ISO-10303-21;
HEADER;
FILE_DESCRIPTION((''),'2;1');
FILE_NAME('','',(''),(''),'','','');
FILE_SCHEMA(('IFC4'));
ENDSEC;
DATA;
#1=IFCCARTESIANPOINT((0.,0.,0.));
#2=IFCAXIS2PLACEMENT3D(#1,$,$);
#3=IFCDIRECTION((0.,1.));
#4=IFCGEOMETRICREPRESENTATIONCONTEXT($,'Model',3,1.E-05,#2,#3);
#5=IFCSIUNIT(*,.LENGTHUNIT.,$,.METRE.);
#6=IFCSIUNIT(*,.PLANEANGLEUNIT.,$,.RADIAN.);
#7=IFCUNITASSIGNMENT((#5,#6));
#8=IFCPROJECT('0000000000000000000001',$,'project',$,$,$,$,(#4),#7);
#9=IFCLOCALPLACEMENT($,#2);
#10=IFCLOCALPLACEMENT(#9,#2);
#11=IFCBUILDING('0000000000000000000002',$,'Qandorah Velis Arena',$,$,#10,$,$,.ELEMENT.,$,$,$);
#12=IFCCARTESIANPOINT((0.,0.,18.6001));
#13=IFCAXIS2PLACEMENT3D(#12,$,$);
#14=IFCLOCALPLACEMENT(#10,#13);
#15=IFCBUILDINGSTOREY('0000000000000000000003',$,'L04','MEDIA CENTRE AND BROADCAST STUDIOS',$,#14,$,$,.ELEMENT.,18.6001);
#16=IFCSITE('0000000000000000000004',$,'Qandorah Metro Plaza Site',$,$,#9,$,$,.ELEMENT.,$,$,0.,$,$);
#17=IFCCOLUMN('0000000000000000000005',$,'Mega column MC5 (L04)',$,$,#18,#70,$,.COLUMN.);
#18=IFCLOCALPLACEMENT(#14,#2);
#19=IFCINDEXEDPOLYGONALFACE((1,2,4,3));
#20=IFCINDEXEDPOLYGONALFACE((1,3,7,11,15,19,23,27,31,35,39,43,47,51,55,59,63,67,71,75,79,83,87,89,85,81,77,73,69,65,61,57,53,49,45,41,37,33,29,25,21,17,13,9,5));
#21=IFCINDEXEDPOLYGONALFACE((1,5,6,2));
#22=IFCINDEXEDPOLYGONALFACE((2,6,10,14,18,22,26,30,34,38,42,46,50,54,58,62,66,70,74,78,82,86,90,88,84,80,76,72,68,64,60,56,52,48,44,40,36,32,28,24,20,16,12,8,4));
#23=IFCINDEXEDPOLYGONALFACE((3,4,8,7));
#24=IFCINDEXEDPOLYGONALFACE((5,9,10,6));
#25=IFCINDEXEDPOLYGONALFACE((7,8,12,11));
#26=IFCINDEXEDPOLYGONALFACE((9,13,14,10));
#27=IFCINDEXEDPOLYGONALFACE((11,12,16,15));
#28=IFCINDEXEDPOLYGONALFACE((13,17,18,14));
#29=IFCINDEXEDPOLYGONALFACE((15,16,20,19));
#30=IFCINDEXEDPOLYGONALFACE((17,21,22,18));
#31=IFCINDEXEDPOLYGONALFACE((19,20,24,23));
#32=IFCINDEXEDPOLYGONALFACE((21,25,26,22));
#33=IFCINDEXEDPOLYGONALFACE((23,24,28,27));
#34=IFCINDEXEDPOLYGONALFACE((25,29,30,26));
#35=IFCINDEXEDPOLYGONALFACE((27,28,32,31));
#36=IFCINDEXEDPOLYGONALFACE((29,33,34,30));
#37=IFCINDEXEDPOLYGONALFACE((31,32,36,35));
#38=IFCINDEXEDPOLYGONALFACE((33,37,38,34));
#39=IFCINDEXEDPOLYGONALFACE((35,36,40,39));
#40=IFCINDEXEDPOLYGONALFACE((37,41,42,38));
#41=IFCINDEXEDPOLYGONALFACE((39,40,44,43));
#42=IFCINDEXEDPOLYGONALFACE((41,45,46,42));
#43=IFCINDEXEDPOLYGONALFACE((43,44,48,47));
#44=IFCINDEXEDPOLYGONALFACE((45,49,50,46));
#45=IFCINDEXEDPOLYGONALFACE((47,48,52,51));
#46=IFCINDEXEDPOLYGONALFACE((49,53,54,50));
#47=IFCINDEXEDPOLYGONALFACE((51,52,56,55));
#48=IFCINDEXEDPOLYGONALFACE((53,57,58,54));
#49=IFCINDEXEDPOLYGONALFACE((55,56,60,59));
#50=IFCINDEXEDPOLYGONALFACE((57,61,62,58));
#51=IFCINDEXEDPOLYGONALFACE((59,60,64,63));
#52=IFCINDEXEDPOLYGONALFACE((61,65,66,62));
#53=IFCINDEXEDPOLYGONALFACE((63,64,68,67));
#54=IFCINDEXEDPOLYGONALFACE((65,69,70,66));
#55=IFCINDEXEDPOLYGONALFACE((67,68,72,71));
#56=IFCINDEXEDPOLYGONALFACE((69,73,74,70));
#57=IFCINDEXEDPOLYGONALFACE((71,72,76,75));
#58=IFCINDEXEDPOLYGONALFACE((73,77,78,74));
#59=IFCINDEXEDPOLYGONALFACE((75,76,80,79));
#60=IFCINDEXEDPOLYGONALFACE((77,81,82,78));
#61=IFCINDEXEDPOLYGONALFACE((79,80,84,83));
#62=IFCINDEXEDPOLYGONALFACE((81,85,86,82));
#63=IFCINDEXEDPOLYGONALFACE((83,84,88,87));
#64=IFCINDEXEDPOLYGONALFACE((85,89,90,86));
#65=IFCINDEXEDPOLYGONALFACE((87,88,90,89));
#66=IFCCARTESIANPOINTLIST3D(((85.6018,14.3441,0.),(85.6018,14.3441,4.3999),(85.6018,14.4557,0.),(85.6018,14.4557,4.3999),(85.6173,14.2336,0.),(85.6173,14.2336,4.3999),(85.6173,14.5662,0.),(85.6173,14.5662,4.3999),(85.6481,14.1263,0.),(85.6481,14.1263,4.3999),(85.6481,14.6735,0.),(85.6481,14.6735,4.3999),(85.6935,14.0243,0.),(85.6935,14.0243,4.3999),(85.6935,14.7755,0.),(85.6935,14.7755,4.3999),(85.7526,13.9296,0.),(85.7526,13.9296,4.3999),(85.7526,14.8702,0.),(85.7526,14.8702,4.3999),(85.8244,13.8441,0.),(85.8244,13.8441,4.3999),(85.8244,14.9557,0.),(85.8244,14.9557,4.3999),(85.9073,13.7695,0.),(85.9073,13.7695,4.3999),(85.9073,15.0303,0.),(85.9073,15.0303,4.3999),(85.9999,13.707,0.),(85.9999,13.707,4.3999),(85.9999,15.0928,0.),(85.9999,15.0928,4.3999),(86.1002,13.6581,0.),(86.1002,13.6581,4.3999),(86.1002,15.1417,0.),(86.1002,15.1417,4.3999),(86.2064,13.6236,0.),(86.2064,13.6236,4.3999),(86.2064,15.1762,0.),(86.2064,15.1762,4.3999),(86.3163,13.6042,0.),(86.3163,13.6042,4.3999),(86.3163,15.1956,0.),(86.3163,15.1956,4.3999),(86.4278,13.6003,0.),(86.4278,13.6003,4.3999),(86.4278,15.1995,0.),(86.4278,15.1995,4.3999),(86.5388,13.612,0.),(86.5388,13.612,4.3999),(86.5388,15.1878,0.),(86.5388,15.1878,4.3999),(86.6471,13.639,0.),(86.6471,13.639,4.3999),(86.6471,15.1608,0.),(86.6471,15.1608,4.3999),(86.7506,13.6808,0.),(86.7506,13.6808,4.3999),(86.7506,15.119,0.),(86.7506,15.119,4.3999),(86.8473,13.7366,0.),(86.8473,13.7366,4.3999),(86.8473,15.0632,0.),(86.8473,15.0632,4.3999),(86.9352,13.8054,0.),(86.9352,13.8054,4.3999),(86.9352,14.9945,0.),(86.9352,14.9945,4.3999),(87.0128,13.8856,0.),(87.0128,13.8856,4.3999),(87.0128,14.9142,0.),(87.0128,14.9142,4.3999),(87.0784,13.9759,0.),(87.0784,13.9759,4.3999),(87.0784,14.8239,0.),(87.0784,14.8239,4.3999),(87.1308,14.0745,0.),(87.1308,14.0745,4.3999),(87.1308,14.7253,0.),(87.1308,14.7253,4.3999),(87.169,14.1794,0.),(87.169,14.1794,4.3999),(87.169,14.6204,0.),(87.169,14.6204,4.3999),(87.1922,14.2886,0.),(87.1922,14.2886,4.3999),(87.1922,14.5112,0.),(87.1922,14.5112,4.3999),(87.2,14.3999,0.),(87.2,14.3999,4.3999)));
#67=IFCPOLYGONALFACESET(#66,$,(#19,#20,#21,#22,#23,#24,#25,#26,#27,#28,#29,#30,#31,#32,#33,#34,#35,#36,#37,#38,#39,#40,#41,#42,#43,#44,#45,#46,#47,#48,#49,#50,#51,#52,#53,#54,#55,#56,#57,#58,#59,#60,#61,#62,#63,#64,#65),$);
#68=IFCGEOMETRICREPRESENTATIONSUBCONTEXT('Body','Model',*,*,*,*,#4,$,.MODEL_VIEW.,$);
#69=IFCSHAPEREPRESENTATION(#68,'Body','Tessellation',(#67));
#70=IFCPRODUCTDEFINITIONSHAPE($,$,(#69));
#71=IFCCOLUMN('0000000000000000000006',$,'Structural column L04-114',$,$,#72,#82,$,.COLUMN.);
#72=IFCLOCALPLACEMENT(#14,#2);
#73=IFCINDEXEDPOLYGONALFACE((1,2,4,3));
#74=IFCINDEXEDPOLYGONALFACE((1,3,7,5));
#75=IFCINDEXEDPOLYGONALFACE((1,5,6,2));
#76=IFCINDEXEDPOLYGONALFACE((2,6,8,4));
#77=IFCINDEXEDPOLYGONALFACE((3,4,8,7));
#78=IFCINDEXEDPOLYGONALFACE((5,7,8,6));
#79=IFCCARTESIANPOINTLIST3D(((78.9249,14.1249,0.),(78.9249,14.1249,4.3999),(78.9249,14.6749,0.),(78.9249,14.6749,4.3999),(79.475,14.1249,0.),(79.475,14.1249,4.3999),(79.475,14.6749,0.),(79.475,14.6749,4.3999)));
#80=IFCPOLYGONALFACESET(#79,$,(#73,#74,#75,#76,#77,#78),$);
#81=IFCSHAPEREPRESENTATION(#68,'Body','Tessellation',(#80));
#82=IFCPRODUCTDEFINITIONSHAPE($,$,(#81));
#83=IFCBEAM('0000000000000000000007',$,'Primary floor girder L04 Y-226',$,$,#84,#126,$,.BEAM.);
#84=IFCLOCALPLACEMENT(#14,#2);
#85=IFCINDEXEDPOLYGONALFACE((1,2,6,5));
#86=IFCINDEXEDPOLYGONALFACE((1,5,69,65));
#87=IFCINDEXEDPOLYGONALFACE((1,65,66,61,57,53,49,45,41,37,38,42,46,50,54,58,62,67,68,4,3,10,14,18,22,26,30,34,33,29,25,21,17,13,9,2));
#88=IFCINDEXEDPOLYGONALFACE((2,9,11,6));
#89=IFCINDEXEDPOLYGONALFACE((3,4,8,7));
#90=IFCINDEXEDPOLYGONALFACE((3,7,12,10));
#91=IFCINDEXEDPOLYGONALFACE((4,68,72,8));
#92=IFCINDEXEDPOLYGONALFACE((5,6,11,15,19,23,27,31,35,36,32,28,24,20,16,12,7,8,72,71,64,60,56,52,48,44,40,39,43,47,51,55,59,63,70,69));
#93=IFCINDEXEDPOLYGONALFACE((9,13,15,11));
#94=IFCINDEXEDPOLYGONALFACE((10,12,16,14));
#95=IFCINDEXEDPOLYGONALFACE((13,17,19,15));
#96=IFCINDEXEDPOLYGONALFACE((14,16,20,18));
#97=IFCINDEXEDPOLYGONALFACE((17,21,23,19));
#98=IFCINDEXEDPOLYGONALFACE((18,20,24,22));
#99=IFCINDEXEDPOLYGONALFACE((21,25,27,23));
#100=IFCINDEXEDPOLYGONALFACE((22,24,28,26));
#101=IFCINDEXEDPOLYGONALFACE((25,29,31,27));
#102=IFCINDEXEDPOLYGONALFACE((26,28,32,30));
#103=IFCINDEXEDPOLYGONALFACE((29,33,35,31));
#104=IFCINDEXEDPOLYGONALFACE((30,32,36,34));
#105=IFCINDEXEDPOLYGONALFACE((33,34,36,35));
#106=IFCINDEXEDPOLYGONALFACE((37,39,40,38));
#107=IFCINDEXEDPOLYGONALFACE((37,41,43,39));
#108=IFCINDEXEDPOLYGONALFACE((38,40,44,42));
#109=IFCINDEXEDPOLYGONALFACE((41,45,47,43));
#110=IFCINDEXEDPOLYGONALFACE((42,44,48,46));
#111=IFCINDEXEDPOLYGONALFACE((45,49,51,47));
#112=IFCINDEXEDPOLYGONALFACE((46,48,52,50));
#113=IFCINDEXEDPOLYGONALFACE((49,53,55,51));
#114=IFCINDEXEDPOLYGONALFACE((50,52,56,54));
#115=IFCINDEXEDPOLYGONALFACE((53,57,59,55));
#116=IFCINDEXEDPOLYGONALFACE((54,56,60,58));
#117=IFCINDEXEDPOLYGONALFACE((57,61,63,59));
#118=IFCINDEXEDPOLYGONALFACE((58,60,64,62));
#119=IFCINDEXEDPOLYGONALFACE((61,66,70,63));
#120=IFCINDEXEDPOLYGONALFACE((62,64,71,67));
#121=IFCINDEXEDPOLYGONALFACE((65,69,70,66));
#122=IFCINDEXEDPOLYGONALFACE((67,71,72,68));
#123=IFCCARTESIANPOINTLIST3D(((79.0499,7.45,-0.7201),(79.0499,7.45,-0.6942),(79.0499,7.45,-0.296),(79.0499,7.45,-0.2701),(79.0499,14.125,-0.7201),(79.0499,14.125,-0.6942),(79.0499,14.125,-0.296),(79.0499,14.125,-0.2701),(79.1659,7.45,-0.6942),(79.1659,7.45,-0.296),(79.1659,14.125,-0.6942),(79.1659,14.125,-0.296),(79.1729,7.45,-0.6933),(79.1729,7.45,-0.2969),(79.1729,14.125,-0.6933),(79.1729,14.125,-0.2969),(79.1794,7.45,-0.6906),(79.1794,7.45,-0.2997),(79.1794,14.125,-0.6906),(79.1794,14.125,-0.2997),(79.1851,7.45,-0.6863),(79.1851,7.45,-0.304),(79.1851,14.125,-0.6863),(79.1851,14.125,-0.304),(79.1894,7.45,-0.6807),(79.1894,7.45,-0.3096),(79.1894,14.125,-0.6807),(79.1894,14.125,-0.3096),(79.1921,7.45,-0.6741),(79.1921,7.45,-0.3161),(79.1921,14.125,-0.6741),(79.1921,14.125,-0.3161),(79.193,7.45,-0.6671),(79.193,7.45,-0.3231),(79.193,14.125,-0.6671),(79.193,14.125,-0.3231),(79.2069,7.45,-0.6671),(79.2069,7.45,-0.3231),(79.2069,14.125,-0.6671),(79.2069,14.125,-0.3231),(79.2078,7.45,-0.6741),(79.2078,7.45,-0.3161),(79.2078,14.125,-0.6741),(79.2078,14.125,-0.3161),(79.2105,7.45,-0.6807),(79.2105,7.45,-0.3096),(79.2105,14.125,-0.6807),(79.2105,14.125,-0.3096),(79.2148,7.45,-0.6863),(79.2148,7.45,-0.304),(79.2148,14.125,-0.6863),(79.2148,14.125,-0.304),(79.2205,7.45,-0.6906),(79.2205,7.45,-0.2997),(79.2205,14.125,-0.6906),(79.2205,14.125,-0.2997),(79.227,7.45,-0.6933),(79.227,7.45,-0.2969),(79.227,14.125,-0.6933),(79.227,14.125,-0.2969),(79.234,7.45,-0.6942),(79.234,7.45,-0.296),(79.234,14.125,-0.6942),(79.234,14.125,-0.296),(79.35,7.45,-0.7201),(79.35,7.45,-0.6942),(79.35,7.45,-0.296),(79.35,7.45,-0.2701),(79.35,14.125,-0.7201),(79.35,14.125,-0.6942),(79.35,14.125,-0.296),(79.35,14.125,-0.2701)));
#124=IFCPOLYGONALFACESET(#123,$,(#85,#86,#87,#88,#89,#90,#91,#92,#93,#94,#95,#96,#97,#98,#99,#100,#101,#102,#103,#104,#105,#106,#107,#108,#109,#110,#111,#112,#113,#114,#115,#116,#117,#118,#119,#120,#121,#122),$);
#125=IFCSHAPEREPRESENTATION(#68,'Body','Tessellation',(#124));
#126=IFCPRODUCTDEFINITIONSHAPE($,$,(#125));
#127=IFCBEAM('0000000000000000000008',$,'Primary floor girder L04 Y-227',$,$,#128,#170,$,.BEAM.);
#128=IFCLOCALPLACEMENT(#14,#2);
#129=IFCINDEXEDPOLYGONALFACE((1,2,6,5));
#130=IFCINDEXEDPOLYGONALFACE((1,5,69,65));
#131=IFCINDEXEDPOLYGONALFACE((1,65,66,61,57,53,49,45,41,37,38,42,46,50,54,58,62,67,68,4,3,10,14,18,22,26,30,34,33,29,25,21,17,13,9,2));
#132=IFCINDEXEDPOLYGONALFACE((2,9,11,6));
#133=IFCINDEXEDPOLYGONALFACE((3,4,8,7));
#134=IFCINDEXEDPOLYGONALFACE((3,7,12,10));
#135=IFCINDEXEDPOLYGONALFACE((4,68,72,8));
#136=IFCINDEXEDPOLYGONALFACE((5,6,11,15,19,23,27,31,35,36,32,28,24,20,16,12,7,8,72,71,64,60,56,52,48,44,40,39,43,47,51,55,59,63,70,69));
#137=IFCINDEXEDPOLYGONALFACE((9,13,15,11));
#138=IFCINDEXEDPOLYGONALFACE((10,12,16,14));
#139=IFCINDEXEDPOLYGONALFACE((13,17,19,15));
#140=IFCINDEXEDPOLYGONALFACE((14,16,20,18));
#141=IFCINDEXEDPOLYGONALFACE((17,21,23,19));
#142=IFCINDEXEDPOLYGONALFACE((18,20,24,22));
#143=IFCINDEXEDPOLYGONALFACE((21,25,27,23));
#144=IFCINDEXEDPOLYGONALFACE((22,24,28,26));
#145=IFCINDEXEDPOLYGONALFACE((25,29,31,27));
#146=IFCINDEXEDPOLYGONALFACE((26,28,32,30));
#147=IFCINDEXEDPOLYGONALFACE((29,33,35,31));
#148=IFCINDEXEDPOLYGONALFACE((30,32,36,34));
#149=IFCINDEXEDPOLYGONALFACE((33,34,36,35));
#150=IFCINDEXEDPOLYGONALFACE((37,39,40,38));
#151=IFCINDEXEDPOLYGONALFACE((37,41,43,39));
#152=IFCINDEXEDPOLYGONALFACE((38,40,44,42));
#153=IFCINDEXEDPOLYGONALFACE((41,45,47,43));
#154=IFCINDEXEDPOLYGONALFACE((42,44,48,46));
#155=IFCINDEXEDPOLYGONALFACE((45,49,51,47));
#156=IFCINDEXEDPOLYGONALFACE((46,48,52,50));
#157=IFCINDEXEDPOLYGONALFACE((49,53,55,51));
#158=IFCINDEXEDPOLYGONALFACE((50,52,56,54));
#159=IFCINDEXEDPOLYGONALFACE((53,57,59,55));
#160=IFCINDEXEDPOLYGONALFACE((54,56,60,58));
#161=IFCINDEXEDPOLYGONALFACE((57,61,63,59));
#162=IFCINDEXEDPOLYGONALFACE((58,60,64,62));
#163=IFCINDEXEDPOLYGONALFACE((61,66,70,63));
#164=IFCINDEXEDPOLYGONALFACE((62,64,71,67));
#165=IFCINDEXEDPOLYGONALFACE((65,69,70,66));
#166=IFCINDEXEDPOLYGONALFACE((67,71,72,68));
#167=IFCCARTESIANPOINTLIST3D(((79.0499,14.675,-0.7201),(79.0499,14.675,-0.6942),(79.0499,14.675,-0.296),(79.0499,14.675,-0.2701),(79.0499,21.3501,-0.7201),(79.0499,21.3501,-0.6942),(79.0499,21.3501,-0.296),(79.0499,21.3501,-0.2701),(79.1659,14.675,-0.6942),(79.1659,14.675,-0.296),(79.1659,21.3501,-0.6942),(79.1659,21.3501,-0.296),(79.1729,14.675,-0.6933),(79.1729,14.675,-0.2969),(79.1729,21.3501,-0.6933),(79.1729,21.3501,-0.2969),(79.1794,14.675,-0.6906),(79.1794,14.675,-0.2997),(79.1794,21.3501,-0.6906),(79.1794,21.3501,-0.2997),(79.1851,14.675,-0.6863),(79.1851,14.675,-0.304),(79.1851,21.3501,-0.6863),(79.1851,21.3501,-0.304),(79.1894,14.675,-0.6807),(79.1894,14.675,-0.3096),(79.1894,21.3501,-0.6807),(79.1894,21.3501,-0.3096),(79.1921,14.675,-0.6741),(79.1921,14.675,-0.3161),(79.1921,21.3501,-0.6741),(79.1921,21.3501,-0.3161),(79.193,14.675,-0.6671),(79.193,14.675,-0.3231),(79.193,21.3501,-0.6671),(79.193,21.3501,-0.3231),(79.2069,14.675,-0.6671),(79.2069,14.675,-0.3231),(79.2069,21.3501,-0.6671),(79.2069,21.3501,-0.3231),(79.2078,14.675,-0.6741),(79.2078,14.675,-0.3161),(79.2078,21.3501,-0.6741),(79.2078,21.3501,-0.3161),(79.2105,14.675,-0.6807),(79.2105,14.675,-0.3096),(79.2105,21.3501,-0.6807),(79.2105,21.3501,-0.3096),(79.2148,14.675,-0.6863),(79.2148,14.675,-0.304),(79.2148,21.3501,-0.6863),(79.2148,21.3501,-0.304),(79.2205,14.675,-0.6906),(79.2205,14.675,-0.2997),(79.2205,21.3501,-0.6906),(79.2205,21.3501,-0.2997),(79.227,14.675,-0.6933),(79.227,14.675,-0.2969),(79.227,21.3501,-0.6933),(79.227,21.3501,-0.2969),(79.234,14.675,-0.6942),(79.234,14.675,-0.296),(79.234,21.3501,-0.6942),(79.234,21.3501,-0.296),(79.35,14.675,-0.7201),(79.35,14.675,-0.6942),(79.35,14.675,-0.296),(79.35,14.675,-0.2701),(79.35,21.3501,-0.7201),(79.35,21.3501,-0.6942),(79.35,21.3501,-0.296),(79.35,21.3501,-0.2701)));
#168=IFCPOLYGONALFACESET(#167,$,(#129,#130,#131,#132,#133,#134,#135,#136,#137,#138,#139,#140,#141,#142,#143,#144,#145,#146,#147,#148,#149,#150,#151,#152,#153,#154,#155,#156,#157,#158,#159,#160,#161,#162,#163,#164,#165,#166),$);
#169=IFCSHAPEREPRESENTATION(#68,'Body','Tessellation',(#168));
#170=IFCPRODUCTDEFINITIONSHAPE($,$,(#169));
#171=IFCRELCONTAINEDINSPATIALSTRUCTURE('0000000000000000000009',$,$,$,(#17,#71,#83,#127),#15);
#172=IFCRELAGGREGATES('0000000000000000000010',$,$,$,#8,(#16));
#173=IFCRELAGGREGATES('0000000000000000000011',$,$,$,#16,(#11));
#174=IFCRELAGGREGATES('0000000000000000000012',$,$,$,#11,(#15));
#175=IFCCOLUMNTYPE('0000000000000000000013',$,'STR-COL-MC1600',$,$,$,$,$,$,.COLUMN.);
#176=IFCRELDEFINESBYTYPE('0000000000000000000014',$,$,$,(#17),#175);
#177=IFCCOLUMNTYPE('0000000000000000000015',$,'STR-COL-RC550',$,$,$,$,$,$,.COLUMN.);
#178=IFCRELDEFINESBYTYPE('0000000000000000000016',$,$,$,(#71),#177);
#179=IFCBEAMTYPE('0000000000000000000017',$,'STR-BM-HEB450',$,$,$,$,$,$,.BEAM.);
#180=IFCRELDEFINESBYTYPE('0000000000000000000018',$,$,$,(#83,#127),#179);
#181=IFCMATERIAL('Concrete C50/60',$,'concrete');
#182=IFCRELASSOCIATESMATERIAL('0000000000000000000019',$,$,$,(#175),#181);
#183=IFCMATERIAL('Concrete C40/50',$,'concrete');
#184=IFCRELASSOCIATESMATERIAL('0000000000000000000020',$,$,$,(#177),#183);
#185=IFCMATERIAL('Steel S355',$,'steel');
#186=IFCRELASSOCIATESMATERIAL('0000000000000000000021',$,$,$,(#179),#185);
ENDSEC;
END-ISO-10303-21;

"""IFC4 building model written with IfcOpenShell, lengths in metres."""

from ifc_helpers import new_model, si_unit, direction, frame, origin, origin_2d, place, context, subcontext, project, spatial, rectangle, circle, i_section, extrude, material, material_profile, profile_set, type_object, element, save


model = new_model("IFC4")

# Units and contexts
model_context = context("Model", 3, precision=1e-05, world=origin(), true_north=direction((0.0, 1.0)))
body_context = subcontext(model_context, "Body", "Model", "MODEL_VIEW")
ifc_project = project(units=[si_unit("LENGTHUNIT", "METRE"), si_unit("PLANEANGLEUNIT", "RADIAN")], contexts=[model_context])

# Site, building, storey
site_placement = place(None, origin())
site = spatial("IfcSite", under=ifc_project, at=site_placement, Name="Qandorah Metro Plaza Site", CompositionType="ELEMENT", RefElevation=0.0)
building_placement = place(site_placement, origin())
building = spatial("IfcBuilding", under=site, at=building_placement, Name="Qandorah Velis Arena", CompositionType="ELEMENT")
storey_placement = place(building_placement, frame((0.0, 0.0, 18.6001)))
storey = spatial("IfcBuildingStorey", under=building, at=storey_placement, Name="L04", Description="MEDIA CENTRE AND BROADCAST STUDIOS", CompositionType="ELEMENT", Elevation=18.6001)

# Columns
ifc_material_1 = material(Name="Steel S355", Category="steel")
ifc_material_2 = material(Name="Concrete C50/60", Category="concrete")
ifc_material_profile_1 = material_profile(ifc_material_2, circle(Radius=0.8, at=origin_2d()), Name="MC D1600")
ifc_profile_set_1 = profile_set([ifc_material_profile_1], Name="Concrete C50/60")
column_type_1 = type_object("IfcColumnType", Name="STR-COL-MC1600", PredefinedType="COLUMN", material=ifc_profile_set_1)
column_1_placement = place(storey_placement, frame((86.3999, 14.3999, 0.0), z_axis=(0.0, 0.0, 1.0), x_axis=(1.0, 0.0, 0.0)))
element("IfcColumn", 1, at=column_1_placement, inside=storey, type_object=column_type_1, Name="Mega column MC5 (L04)", PredefinedType="COLUMN", context=body_context, shape_type="SweptSolid", body=[
    extrude(circle(Radius=0.8, at=origin_2d()), origin(), (0.0, 0.0, 1.0), 4.3999),
])
ifc_material_3 = material(Name="Concrete C40/50", Category="concrete")
ifc_material_profile_2 = material_profile(ifc_material_3, rectangle(XDim=0.55, YDim=0.55, at=origin_2d()), Name="RC COL 550x550")
ifc_profile_set_2 = profile_set([ifc_material_profile_2], Name="Concrete C40/50")
column_type_2 = type_object("IfcColumnType", Name="STR-COL-RC550", PredefinedType="COLUMN", material=ifc_profile_set_2)
column_2_placement = place(storey_placement, frame((79.2, 14.3999, 0.0), z_axis=(0.0, 0.0, 1.0), x_axis=(1.0, 0.0, 0.0)))
element("IfcColumn", 2, at=column_2_placement, inside=storey, type_object=column_type_2, Name="Structural column L04-114", PredefinedType="COLUMN", context=body_context, shape_type="SweptSolid", body=[
    extrude(rectangle(XDim=0.55, YDim=0.55, at=origin_2d()), origin(), (0.0, 0.0, 1.0), 4.3999),
])

# Beams
ifc_material_profile_3 = material_profile(ifc_material_1, i_section(OverallWidth=0.3, OverallDepth=0.45, WebThickness=0.0139, FlangeThickness=0.0259, FilletRadius=0.0271, at=origin_2d()), Name="HEB 450")
ifc_profile_set_3 = profile_set([ifc_material_profile_3], Name="Steel S355")
beam_type_1 = type_object("IfcBeamType", Name="STR-BM-HEB450", PredefinedType="BEAM", material=ifc_profile_set_3)
for number, where, z_axis, x_axis, name in (
    (3, (79.2, 7.45, -0.4951), (0.0, 1.0, 0.0), (-1.0, 0.0, 0.0), "Primary floor girder L04 Y-226"),
    (4, (79.2, 14.675, -0.4951), (0.0, 1.0, 0.0), (-1.0, 0.0, 0.0), "Primary floor girder L04 Y-227"),
):
    element("IfcBeam", number, at=place(storey_placement, frame(where, z_axis=z_axis, x_axis=x_axis)), inside=storey, type_object=beam_type_1, Name=name, PredefinedType="BEAM", context=body_context, shape_type="SweptSolid", body=[
        extrude(i_section(OverallWidth=0.3, OverallDepth=0.45, WebThickness=0.0139, FlangeThickness=0.0259, FilletRadius=0.0271, at=origin_2d()), origin(), (0.0, 0.0, 1.0), 6.675),
    ])

save(model, "model.ifc")
